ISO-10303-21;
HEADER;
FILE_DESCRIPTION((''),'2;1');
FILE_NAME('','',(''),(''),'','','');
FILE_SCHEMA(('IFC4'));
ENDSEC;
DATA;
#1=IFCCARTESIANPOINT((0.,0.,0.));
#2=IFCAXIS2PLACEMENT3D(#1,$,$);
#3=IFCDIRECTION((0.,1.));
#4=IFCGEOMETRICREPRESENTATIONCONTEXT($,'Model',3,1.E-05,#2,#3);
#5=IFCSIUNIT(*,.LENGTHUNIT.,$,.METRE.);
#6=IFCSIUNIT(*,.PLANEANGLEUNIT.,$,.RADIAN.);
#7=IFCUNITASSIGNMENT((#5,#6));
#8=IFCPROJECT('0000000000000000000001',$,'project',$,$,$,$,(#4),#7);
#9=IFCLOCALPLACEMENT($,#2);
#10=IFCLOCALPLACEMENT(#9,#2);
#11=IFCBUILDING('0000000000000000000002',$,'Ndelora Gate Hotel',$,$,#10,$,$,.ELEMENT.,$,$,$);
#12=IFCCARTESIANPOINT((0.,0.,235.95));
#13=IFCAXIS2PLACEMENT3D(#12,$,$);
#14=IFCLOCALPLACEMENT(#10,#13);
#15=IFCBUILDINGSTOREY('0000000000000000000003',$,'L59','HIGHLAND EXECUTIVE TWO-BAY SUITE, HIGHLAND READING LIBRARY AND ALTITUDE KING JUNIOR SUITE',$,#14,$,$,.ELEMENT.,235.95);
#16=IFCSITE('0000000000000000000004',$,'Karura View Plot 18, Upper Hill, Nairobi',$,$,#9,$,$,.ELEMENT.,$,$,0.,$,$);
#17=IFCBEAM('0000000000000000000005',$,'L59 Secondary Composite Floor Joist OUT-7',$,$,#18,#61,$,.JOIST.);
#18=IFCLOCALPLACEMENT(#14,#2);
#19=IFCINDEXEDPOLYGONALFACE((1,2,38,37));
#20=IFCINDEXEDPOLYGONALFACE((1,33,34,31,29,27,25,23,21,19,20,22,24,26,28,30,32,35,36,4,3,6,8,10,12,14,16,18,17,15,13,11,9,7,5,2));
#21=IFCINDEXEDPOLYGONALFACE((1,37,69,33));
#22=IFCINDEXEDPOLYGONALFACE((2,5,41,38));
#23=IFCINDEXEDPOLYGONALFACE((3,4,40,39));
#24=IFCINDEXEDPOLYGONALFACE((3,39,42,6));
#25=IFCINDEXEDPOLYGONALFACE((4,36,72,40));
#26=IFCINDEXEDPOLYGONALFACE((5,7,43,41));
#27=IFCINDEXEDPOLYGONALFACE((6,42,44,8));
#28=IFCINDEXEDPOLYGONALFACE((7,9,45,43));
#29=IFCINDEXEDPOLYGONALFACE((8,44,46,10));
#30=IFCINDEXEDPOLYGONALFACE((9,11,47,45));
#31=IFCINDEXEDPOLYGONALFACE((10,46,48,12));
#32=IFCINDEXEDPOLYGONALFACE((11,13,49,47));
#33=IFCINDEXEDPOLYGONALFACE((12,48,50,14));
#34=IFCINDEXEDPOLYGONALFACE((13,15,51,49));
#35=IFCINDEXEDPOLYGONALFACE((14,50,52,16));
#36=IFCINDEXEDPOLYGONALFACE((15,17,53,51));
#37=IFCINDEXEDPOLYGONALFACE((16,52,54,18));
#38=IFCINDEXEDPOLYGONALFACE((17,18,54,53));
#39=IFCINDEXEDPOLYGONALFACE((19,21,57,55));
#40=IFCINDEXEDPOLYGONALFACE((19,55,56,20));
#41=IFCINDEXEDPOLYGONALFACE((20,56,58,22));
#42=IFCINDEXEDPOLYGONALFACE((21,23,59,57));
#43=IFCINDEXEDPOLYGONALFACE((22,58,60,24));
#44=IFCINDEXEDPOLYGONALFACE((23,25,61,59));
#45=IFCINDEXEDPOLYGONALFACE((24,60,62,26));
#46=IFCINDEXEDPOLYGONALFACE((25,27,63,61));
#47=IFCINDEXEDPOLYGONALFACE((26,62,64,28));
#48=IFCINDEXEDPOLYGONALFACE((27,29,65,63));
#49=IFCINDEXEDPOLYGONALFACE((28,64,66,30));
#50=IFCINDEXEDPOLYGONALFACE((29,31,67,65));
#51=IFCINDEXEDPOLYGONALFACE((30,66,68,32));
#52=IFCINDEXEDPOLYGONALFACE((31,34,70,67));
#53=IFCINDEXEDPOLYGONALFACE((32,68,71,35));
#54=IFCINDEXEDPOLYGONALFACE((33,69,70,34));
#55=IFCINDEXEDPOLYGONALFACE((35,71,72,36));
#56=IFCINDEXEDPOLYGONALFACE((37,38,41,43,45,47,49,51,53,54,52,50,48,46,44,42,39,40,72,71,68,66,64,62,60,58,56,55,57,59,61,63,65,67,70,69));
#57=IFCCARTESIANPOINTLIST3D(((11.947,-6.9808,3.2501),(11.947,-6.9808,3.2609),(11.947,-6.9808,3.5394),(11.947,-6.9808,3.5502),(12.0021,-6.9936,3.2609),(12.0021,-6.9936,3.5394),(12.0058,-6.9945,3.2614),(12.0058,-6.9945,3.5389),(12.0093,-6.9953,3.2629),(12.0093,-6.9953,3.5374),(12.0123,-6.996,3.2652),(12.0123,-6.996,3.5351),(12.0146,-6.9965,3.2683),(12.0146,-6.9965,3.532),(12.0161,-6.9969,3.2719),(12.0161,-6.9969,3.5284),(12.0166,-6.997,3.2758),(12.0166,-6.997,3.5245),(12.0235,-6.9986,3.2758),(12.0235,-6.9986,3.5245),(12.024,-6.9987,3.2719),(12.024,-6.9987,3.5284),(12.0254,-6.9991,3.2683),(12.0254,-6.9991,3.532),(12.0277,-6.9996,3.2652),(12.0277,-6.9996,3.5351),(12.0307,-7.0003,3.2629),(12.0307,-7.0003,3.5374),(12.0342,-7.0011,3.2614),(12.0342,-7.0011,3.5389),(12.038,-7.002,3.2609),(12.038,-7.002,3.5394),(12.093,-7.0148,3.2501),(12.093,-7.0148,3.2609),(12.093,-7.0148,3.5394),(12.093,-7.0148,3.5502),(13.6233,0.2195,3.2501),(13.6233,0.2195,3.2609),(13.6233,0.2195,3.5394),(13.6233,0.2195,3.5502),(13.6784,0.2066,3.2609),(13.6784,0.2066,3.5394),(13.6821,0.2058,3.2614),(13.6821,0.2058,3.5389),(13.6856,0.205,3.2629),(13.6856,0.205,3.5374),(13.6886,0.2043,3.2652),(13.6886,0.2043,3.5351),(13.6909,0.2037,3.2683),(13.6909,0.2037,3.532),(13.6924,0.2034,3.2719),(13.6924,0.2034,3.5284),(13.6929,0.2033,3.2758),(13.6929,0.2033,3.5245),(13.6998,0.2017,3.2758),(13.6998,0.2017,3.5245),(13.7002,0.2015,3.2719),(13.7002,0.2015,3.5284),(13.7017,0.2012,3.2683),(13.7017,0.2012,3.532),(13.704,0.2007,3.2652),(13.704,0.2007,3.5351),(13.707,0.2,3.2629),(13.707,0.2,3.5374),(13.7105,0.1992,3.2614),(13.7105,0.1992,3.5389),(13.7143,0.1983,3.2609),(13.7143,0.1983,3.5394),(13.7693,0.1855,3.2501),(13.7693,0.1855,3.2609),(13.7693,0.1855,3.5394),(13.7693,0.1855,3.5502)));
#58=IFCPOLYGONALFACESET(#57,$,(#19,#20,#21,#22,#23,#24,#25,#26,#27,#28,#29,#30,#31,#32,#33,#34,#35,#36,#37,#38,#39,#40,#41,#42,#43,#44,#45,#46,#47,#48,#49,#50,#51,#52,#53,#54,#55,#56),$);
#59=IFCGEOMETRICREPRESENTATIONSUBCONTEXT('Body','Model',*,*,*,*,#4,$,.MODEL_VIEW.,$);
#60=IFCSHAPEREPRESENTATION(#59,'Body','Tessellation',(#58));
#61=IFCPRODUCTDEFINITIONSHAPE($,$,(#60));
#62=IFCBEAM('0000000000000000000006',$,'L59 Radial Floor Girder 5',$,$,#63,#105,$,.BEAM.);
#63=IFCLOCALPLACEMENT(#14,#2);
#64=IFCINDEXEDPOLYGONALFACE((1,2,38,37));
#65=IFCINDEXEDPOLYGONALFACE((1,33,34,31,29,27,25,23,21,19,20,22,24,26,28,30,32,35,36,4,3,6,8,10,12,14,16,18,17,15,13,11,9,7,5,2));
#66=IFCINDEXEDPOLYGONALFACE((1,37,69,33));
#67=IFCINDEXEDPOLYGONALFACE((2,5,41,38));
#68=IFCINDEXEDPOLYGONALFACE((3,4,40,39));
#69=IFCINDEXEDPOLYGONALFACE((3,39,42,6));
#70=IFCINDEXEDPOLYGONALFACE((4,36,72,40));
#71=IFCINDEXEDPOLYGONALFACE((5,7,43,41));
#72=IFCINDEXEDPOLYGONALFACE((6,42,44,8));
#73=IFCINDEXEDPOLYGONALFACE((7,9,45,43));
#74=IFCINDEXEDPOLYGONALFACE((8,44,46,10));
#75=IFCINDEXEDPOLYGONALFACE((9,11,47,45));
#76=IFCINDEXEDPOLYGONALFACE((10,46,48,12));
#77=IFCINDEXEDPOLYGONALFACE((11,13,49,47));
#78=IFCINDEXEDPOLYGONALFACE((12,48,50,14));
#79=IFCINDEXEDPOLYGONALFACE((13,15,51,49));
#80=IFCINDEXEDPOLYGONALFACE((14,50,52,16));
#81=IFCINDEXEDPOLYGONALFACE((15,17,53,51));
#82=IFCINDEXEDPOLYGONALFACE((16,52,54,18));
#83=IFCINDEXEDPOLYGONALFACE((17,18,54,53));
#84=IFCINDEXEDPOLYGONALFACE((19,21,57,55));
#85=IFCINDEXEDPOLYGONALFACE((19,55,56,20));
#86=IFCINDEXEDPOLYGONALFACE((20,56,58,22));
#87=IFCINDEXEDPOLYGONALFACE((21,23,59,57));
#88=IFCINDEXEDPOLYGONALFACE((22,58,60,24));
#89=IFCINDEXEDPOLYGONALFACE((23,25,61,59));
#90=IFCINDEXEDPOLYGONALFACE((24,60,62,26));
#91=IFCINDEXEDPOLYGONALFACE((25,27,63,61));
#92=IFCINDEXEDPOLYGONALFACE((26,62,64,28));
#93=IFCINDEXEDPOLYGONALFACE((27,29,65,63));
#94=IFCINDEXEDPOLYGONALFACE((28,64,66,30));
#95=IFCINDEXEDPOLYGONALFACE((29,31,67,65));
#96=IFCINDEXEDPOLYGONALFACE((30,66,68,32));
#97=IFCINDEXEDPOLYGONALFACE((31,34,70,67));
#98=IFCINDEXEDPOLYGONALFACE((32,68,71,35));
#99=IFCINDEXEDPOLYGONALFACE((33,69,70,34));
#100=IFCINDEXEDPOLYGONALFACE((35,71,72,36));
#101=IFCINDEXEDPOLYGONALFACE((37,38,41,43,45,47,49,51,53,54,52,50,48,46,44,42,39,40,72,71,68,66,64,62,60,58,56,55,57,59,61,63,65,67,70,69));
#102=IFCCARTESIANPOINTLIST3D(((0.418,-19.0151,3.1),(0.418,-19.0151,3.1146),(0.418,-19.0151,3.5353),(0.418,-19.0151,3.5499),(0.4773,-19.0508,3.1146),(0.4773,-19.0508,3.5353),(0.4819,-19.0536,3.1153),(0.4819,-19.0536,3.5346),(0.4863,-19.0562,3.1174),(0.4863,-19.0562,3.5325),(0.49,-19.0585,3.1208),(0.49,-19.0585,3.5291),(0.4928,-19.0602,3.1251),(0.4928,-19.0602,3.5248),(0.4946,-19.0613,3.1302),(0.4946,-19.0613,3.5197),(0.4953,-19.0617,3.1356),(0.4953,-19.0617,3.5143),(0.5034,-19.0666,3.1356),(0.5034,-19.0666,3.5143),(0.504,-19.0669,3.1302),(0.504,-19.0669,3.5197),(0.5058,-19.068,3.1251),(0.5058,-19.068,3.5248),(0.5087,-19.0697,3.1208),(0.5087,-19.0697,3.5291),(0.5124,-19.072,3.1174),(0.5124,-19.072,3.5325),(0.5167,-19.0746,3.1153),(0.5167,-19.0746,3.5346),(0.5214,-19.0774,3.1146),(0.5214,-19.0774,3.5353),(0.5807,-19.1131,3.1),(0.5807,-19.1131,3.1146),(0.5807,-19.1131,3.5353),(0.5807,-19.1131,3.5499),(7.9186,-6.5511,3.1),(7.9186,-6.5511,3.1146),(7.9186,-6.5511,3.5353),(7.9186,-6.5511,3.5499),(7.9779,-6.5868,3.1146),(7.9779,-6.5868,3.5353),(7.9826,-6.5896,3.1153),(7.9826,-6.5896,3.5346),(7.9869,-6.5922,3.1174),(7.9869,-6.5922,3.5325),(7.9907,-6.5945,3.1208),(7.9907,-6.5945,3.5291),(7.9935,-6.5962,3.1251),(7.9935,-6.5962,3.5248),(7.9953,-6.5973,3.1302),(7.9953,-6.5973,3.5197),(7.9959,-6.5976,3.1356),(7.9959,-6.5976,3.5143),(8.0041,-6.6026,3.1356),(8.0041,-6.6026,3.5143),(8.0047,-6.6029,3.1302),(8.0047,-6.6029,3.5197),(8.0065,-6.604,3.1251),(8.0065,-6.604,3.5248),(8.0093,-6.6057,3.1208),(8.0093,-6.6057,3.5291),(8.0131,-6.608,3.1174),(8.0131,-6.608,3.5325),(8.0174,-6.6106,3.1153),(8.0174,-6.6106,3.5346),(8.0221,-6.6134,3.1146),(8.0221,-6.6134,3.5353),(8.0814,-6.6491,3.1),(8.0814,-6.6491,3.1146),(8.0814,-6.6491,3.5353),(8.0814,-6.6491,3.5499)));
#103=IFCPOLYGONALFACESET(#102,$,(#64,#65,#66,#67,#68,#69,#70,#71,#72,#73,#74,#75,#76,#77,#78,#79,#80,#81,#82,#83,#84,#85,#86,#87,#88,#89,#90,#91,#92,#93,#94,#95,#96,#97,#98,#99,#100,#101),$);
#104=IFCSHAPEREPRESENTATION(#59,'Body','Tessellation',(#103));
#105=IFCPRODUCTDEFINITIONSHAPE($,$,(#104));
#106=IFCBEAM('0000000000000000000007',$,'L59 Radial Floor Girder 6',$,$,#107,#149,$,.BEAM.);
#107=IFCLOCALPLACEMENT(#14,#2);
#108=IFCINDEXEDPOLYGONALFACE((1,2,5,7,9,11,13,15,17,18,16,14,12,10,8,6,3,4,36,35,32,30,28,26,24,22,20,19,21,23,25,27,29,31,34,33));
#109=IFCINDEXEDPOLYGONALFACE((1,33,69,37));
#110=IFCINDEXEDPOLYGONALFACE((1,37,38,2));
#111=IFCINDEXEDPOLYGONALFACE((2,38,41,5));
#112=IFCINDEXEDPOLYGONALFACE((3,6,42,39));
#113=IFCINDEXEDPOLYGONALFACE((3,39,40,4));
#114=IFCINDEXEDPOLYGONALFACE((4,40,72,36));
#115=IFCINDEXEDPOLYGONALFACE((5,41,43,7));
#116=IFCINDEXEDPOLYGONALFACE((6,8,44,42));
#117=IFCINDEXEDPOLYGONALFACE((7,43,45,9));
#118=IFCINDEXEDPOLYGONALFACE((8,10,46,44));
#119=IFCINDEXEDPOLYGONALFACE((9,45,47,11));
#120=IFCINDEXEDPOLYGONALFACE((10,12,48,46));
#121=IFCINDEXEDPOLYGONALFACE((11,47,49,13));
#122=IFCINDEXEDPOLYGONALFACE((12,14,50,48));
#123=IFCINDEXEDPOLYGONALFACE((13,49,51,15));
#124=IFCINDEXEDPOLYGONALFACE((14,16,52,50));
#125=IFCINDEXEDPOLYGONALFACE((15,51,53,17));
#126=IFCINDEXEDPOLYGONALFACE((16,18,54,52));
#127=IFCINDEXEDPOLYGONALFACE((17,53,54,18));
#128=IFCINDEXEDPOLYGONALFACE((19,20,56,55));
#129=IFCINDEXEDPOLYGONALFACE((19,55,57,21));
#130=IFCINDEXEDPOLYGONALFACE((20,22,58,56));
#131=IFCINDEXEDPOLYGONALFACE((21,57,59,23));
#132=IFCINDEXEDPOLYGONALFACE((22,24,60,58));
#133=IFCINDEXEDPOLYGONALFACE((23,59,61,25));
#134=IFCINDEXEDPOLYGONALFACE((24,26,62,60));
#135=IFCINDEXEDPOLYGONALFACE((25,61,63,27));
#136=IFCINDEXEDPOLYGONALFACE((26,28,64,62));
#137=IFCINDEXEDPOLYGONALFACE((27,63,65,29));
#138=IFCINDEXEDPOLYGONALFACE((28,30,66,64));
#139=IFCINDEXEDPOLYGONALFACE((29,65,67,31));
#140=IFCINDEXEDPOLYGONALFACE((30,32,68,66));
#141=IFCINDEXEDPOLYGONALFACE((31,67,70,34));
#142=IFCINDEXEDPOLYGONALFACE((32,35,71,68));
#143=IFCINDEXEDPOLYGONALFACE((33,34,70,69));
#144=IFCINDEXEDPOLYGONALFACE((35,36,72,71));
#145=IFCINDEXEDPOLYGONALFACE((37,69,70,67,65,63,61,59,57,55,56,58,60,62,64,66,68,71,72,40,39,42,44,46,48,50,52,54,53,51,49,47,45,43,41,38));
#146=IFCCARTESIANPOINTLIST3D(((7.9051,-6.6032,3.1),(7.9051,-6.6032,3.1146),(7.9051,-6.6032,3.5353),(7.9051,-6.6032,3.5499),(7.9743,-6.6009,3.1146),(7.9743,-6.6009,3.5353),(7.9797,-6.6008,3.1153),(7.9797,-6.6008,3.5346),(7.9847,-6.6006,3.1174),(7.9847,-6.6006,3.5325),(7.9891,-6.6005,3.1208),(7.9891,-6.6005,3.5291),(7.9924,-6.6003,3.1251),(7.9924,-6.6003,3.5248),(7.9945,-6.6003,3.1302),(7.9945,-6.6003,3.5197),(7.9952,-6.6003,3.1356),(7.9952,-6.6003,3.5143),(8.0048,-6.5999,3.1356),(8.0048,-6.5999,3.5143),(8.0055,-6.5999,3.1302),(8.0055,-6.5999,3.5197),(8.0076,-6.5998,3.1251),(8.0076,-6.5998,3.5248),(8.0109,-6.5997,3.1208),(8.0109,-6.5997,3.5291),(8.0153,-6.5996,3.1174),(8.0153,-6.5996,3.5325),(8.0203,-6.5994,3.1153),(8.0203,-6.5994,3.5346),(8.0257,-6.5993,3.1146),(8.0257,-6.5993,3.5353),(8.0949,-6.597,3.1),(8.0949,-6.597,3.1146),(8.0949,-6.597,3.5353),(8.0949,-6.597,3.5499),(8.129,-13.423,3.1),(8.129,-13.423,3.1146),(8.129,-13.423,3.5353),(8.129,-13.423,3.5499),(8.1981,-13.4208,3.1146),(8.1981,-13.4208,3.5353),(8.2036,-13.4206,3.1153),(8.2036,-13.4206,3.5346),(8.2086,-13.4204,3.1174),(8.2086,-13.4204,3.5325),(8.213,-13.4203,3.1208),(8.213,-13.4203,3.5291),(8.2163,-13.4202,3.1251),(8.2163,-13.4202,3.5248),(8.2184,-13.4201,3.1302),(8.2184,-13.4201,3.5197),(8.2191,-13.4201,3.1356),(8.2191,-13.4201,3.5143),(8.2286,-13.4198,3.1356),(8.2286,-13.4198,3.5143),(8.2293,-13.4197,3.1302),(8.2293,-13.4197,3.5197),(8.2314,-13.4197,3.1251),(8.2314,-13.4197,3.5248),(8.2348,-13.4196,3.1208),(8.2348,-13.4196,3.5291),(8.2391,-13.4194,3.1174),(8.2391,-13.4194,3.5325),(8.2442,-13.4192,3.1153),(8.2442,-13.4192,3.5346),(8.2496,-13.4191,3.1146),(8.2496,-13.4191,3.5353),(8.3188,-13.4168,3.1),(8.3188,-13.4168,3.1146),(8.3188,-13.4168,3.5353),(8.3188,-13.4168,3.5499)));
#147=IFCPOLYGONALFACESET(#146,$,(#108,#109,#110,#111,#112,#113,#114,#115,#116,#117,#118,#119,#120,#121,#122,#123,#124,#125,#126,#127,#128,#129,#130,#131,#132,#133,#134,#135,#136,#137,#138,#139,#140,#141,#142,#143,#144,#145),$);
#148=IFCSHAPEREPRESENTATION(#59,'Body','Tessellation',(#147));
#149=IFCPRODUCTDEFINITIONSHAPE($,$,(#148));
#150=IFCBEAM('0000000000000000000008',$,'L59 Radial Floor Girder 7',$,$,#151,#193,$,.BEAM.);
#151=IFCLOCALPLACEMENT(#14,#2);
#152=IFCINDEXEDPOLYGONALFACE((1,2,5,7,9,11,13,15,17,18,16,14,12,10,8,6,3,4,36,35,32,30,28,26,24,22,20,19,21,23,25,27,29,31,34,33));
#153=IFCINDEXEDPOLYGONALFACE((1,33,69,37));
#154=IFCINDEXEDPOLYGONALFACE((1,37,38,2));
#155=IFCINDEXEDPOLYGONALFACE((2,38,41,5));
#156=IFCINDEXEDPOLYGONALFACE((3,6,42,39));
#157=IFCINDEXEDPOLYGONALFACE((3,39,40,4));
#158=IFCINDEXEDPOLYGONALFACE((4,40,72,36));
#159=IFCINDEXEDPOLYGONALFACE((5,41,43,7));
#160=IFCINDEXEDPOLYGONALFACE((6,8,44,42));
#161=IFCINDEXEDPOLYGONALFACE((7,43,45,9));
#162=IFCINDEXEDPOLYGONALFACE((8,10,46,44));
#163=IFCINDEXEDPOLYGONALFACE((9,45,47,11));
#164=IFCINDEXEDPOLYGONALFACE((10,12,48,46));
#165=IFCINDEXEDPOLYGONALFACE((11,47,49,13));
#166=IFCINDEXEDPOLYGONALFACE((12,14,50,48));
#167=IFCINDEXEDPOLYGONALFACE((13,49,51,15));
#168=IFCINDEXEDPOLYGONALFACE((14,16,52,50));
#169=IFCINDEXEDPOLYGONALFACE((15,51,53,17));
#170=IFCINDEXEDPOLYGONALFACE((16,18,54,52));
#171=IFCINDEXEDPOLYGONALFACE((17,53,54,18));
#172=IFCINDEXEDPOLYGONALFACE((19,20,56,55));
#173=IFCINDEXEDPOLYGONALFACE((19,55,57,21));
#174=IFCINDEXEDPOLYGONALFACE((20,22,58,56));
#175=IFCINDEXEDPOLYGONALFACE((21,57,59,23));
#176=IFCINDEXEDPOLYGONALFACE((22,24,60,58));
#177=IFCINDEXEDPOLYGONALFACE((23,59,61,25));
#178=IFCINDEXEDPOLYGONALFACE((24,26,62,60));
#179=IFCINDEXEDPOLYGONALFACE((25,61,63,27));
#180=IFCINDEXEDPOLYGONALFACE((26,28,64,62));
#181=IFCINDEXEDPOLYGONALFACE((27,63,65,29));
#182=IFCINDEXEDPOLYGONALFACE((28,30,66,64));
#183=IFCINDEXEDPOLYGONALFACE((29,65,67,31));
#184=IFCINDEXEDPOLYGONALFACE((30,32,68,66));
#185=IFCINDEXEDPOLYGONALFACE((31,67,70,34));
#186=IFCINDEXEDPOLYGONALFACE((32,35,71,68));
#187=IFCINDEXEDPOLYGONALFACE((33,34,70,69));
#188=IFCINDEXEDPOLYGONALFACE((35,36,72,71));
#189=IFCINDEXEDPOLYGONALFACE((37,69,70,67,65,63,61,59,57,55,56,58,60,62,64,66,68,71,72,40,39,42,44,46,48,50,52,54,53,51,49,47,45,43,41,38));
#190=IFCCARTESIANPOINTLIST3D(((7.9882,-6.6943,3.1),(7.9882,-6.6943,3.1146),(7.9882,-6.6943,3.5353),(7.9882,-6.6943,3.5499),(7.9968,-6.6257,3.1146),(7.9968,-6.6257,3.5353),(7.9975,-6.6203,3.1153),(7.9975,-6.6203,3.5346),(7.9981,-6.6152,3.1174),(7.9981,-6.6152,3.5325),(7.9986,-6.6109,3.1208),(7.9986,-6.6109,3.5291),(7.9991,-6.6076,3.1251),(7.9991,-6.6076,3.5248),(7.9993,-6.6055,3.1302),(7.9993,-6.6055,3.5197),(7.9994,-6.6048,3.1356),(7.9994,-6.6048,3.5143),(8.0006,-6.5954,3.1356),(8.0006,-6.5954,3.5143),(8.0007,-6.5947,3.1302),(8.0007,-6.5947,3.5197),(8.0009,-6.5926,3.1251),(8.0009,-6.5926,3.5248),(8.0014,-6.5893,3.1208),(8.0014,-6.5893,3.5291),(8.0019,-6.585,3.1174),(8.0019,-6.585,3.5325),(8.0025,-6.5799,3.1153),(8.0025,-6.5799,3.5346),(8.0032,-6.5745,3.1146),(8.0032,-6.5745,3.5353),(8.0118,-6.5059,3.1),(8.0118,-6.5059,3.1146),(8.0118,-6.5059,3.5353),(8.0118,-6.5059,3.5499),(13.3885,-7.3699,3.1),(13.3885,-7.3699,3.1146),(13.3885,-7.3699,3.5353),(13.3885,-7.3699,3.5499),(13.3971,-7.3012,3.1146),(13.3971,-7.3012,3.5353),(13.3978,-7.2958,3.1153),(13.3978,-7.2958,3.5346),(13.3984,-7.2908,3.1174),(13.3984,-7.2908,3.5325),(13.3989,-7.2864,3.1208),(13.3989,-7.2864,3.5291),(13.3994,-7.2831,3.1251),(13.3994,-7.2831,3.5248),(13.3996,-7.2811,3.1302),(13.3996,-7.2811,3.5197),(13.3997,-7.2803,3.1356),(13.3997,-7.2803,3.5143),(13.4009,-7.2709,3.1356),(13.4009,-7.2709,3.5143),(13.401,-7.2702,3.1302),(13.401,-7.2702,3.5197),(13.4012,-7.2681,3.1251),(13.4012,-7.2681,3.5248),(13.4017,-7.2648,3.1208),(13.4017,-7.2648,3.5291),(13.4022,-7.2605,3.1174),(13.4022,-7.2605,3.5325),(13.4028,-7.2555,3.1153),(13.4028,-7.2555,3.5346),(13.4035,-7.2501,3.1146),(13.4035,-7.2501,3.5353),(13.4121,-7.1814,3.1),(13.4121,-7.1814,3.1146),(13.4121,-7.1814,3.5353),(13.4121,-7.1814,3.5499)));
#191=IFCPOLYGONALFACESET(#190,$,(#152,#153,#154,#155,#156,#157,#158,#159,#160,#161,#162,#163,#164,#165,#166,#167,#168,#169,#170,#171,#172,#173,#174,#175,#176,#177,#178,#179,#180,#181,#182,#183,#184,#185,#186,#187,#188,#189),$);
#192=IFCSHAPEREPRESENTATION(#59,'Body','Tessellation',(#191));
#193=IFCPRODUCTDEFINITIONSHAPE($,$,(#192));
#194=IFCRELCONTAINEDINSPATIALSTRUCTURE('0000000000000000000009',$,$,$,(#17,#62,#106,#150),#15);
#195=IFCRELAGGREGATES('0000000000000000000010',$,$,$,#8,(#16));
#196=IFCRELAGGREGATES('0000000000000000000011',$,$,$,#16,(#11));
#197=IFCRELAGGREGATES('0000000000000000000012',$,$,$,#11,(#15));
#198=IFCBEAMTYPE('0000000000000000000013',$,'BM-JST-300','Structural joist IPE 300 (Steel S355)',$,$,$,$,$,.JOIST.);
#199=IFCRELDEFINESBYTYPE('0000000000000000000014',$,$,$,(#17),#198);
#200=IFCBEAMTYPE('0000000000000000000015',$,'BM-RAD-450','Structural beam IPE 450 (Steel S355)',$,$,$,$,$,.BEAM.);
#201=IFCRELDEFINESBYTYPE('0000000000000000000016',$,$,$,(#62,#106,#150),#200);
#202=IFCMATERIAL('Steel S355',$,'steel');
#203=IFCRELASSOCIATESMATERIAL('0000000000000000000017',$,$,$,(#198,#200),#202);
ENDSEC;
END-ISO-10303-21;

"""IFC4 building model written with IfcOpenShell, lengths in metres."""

from ifc_helpers import new_model, si_unit, direction, frame, origin, origin_2d, place, context, subcontext, project, spatial, i_section, extrude, material, material_profile, profile_set, type_object, element, save


model = new_model("IFC4")

# Units and contexts
model_context = context("Model", 3, precision=1e-05, world=origin(), true_north=direction((0.0, 1.0)))
body_context = subcontext(model_context, "Body", "Model", "MODEL_VIEW")
ifc_project = project(units=[si_unit("LENGTHUNIT", "METRE"), si_unit("PLANEANGLEUNIT", "RADIAN")], contexts=[model_context])

# Site, building, storey
site_placement = place(None, origin())
site = spatial("IfcSite", under=ifc_project, at=site_placement, Name="Karura View Plot 18, Upper Hill, Nairobi", CompositionType="ELEMENT", RefElevation=0.0)
building_placement = place(site_placement, origin())
building = spatial("IfcBuilding", under=site, at=building_placement, Name="Ndelora Gate Hotel", CompositionType="ELEMENT")
storey_placement = place(building_placement, frame((0.0, 0.0, 235.95)))
storey = spatial("IfcBuildingStorey", under=building, at=storey_placement, Name="L59", Description="HIGHLAND EXECUTIVE TWO-BAY SUITE, HIGHLAND READING LIBRARY AND ALTITUDE KING JUNIOR SUITE", CompositionType="ELEMENT", Elevation=235.95)

# Beams
ifc_material_1 = material(Name="Steel S355", Category="steel")
ifc_material_profile_1 = material_profile(ifc_material_1, i_section(OverallWidth=0.1499, OverallDepth=0.3, WebThickness=0.0071, FlangeThickness=0.0107, FilletRadius=0.0149, at=origin_2d()), Name="IPE 300")
ifc_profile_set_1 = profile_set([ifc_material_profile_1], Name="Steel S355")
beam_type_1 = type_object("IfcBeamType", Name="BM-JST-300", Description="Structural joist IPE 300 (Steel S355)", PredefinedType="JOIST", material=ifc_profile_set_1)
beam_1_placement = place(storey_placement, frame((12.02, -6.9978, 3.4001), z_axis=(0.226745, 0.973954, 0.0), x_axis=(-0.973954, 0.226745, 0.0)))
element("IfcBeam", 1, at=beam_1_placement, inside=storey, type_object=beam_type_1, Name="L59 Secondary Composite Floor Joist OUT-7", PredefinedType="JOIST", context=body_context, shape_type="SweptSolid", body=[
    extrude(i_section(OverallWidth=0.1499, OverallDepth=0.3, WebThickness=0.0071, FlangeThickness=0.0107, FilletRadius=0.0149, at=origin_2d()), origin(), (0.0, 0.0, 1.0), 7.3928),
])
ifc_material_profile_2 = material_profile(ifc_material_1, i_section(OverallWidth=0.1899, OverallDepth=0.45, WebThickness=0.0095, FlangeThickness=0.0146, FilletRadius=0.021, at=origin_2d()), Name="IPE 450")
ifc_profile_set_2 = profile_set([ifc_material_profile_2], Name="Steel S355")
beam_type_2 = type_object("IfcBeamType", Name="BM-RAD-450", Description="Structural beam IPE 450 (Steel S355)", PredefinedType="BEAM", material=ifc_profile_set_2)
beam_2_placement = place(storey_placement, frame((8.0, -6.6001, 3.325), z_axis=(-0.515621, -0.856817, 0.0), x_axis=(0.856817, -0.515621, 0.0)))
element("IfcBeam", 2, at=beam_2_placement, inside=storey, type_object=beam_type_2, Name="L59 Radial Floor Girder 5", PredefinedType="BEAM", context=body_context, shape_type="SweptSolid", body=[
    extrude(i_section(OverallWidth=0.1899, OverallDepth=0.45, WebThickness=0.0095, FlangeThickness=0.0146, FilletRadius=0.021, at=origin_2d()), origin(), (0.0, 0.0, 1.0), 14.5469),
])
beam_3_placement = place(storey_placement, frame((8.0, -6.6001, 3.325), z_axis=(0.03281, -0.999462, 0.0), x_axis=(0.999462, 0.03281, 0.0)))
element("IfcBeam", 3, at=beam_3_placement, inside=storey, type_object=beam_type_2, Name="L59 Radial Floor Girder 6", PredefinedType="BEAM", context=body_context, shape_type="SweptSolid", body=[
    extrude(i_section(OverallWidth=0.1899, OverallDepth=0.45, WebThickness=0.0095, FlangeThickness=0.0146, FilletRadius=0.021, at=origin_2d()), origin(), (0.0, 0.0, 1.0), 6.8235),
])
beam_4_placement = place(storey_placement, frame((8.0, -6.6001, 3.325), z_axis=(0.992267, -0.124123, 0.0), x_axis=(0.124123, 0.992267, 0.0)))
element("IfcBeam", 4, at=beam_4_placement, inside=storey, type_object=beam_type_2, Name="L59 Radial Floor Girder 7", PredefinedType="BEAM", context=body_context, shape_type="SweptSolid", body=[
    extrude(i_section(OverallWidth=0.1899, OverallDepth=0.45, WebThickness=0.0095, FlangeThickness=0.0146, FilletRadius=0.021, at=origin_2d()), origin(), (0.0, 0.0, 1.0), 5.4424),
])

save(model, "model.ifc")
